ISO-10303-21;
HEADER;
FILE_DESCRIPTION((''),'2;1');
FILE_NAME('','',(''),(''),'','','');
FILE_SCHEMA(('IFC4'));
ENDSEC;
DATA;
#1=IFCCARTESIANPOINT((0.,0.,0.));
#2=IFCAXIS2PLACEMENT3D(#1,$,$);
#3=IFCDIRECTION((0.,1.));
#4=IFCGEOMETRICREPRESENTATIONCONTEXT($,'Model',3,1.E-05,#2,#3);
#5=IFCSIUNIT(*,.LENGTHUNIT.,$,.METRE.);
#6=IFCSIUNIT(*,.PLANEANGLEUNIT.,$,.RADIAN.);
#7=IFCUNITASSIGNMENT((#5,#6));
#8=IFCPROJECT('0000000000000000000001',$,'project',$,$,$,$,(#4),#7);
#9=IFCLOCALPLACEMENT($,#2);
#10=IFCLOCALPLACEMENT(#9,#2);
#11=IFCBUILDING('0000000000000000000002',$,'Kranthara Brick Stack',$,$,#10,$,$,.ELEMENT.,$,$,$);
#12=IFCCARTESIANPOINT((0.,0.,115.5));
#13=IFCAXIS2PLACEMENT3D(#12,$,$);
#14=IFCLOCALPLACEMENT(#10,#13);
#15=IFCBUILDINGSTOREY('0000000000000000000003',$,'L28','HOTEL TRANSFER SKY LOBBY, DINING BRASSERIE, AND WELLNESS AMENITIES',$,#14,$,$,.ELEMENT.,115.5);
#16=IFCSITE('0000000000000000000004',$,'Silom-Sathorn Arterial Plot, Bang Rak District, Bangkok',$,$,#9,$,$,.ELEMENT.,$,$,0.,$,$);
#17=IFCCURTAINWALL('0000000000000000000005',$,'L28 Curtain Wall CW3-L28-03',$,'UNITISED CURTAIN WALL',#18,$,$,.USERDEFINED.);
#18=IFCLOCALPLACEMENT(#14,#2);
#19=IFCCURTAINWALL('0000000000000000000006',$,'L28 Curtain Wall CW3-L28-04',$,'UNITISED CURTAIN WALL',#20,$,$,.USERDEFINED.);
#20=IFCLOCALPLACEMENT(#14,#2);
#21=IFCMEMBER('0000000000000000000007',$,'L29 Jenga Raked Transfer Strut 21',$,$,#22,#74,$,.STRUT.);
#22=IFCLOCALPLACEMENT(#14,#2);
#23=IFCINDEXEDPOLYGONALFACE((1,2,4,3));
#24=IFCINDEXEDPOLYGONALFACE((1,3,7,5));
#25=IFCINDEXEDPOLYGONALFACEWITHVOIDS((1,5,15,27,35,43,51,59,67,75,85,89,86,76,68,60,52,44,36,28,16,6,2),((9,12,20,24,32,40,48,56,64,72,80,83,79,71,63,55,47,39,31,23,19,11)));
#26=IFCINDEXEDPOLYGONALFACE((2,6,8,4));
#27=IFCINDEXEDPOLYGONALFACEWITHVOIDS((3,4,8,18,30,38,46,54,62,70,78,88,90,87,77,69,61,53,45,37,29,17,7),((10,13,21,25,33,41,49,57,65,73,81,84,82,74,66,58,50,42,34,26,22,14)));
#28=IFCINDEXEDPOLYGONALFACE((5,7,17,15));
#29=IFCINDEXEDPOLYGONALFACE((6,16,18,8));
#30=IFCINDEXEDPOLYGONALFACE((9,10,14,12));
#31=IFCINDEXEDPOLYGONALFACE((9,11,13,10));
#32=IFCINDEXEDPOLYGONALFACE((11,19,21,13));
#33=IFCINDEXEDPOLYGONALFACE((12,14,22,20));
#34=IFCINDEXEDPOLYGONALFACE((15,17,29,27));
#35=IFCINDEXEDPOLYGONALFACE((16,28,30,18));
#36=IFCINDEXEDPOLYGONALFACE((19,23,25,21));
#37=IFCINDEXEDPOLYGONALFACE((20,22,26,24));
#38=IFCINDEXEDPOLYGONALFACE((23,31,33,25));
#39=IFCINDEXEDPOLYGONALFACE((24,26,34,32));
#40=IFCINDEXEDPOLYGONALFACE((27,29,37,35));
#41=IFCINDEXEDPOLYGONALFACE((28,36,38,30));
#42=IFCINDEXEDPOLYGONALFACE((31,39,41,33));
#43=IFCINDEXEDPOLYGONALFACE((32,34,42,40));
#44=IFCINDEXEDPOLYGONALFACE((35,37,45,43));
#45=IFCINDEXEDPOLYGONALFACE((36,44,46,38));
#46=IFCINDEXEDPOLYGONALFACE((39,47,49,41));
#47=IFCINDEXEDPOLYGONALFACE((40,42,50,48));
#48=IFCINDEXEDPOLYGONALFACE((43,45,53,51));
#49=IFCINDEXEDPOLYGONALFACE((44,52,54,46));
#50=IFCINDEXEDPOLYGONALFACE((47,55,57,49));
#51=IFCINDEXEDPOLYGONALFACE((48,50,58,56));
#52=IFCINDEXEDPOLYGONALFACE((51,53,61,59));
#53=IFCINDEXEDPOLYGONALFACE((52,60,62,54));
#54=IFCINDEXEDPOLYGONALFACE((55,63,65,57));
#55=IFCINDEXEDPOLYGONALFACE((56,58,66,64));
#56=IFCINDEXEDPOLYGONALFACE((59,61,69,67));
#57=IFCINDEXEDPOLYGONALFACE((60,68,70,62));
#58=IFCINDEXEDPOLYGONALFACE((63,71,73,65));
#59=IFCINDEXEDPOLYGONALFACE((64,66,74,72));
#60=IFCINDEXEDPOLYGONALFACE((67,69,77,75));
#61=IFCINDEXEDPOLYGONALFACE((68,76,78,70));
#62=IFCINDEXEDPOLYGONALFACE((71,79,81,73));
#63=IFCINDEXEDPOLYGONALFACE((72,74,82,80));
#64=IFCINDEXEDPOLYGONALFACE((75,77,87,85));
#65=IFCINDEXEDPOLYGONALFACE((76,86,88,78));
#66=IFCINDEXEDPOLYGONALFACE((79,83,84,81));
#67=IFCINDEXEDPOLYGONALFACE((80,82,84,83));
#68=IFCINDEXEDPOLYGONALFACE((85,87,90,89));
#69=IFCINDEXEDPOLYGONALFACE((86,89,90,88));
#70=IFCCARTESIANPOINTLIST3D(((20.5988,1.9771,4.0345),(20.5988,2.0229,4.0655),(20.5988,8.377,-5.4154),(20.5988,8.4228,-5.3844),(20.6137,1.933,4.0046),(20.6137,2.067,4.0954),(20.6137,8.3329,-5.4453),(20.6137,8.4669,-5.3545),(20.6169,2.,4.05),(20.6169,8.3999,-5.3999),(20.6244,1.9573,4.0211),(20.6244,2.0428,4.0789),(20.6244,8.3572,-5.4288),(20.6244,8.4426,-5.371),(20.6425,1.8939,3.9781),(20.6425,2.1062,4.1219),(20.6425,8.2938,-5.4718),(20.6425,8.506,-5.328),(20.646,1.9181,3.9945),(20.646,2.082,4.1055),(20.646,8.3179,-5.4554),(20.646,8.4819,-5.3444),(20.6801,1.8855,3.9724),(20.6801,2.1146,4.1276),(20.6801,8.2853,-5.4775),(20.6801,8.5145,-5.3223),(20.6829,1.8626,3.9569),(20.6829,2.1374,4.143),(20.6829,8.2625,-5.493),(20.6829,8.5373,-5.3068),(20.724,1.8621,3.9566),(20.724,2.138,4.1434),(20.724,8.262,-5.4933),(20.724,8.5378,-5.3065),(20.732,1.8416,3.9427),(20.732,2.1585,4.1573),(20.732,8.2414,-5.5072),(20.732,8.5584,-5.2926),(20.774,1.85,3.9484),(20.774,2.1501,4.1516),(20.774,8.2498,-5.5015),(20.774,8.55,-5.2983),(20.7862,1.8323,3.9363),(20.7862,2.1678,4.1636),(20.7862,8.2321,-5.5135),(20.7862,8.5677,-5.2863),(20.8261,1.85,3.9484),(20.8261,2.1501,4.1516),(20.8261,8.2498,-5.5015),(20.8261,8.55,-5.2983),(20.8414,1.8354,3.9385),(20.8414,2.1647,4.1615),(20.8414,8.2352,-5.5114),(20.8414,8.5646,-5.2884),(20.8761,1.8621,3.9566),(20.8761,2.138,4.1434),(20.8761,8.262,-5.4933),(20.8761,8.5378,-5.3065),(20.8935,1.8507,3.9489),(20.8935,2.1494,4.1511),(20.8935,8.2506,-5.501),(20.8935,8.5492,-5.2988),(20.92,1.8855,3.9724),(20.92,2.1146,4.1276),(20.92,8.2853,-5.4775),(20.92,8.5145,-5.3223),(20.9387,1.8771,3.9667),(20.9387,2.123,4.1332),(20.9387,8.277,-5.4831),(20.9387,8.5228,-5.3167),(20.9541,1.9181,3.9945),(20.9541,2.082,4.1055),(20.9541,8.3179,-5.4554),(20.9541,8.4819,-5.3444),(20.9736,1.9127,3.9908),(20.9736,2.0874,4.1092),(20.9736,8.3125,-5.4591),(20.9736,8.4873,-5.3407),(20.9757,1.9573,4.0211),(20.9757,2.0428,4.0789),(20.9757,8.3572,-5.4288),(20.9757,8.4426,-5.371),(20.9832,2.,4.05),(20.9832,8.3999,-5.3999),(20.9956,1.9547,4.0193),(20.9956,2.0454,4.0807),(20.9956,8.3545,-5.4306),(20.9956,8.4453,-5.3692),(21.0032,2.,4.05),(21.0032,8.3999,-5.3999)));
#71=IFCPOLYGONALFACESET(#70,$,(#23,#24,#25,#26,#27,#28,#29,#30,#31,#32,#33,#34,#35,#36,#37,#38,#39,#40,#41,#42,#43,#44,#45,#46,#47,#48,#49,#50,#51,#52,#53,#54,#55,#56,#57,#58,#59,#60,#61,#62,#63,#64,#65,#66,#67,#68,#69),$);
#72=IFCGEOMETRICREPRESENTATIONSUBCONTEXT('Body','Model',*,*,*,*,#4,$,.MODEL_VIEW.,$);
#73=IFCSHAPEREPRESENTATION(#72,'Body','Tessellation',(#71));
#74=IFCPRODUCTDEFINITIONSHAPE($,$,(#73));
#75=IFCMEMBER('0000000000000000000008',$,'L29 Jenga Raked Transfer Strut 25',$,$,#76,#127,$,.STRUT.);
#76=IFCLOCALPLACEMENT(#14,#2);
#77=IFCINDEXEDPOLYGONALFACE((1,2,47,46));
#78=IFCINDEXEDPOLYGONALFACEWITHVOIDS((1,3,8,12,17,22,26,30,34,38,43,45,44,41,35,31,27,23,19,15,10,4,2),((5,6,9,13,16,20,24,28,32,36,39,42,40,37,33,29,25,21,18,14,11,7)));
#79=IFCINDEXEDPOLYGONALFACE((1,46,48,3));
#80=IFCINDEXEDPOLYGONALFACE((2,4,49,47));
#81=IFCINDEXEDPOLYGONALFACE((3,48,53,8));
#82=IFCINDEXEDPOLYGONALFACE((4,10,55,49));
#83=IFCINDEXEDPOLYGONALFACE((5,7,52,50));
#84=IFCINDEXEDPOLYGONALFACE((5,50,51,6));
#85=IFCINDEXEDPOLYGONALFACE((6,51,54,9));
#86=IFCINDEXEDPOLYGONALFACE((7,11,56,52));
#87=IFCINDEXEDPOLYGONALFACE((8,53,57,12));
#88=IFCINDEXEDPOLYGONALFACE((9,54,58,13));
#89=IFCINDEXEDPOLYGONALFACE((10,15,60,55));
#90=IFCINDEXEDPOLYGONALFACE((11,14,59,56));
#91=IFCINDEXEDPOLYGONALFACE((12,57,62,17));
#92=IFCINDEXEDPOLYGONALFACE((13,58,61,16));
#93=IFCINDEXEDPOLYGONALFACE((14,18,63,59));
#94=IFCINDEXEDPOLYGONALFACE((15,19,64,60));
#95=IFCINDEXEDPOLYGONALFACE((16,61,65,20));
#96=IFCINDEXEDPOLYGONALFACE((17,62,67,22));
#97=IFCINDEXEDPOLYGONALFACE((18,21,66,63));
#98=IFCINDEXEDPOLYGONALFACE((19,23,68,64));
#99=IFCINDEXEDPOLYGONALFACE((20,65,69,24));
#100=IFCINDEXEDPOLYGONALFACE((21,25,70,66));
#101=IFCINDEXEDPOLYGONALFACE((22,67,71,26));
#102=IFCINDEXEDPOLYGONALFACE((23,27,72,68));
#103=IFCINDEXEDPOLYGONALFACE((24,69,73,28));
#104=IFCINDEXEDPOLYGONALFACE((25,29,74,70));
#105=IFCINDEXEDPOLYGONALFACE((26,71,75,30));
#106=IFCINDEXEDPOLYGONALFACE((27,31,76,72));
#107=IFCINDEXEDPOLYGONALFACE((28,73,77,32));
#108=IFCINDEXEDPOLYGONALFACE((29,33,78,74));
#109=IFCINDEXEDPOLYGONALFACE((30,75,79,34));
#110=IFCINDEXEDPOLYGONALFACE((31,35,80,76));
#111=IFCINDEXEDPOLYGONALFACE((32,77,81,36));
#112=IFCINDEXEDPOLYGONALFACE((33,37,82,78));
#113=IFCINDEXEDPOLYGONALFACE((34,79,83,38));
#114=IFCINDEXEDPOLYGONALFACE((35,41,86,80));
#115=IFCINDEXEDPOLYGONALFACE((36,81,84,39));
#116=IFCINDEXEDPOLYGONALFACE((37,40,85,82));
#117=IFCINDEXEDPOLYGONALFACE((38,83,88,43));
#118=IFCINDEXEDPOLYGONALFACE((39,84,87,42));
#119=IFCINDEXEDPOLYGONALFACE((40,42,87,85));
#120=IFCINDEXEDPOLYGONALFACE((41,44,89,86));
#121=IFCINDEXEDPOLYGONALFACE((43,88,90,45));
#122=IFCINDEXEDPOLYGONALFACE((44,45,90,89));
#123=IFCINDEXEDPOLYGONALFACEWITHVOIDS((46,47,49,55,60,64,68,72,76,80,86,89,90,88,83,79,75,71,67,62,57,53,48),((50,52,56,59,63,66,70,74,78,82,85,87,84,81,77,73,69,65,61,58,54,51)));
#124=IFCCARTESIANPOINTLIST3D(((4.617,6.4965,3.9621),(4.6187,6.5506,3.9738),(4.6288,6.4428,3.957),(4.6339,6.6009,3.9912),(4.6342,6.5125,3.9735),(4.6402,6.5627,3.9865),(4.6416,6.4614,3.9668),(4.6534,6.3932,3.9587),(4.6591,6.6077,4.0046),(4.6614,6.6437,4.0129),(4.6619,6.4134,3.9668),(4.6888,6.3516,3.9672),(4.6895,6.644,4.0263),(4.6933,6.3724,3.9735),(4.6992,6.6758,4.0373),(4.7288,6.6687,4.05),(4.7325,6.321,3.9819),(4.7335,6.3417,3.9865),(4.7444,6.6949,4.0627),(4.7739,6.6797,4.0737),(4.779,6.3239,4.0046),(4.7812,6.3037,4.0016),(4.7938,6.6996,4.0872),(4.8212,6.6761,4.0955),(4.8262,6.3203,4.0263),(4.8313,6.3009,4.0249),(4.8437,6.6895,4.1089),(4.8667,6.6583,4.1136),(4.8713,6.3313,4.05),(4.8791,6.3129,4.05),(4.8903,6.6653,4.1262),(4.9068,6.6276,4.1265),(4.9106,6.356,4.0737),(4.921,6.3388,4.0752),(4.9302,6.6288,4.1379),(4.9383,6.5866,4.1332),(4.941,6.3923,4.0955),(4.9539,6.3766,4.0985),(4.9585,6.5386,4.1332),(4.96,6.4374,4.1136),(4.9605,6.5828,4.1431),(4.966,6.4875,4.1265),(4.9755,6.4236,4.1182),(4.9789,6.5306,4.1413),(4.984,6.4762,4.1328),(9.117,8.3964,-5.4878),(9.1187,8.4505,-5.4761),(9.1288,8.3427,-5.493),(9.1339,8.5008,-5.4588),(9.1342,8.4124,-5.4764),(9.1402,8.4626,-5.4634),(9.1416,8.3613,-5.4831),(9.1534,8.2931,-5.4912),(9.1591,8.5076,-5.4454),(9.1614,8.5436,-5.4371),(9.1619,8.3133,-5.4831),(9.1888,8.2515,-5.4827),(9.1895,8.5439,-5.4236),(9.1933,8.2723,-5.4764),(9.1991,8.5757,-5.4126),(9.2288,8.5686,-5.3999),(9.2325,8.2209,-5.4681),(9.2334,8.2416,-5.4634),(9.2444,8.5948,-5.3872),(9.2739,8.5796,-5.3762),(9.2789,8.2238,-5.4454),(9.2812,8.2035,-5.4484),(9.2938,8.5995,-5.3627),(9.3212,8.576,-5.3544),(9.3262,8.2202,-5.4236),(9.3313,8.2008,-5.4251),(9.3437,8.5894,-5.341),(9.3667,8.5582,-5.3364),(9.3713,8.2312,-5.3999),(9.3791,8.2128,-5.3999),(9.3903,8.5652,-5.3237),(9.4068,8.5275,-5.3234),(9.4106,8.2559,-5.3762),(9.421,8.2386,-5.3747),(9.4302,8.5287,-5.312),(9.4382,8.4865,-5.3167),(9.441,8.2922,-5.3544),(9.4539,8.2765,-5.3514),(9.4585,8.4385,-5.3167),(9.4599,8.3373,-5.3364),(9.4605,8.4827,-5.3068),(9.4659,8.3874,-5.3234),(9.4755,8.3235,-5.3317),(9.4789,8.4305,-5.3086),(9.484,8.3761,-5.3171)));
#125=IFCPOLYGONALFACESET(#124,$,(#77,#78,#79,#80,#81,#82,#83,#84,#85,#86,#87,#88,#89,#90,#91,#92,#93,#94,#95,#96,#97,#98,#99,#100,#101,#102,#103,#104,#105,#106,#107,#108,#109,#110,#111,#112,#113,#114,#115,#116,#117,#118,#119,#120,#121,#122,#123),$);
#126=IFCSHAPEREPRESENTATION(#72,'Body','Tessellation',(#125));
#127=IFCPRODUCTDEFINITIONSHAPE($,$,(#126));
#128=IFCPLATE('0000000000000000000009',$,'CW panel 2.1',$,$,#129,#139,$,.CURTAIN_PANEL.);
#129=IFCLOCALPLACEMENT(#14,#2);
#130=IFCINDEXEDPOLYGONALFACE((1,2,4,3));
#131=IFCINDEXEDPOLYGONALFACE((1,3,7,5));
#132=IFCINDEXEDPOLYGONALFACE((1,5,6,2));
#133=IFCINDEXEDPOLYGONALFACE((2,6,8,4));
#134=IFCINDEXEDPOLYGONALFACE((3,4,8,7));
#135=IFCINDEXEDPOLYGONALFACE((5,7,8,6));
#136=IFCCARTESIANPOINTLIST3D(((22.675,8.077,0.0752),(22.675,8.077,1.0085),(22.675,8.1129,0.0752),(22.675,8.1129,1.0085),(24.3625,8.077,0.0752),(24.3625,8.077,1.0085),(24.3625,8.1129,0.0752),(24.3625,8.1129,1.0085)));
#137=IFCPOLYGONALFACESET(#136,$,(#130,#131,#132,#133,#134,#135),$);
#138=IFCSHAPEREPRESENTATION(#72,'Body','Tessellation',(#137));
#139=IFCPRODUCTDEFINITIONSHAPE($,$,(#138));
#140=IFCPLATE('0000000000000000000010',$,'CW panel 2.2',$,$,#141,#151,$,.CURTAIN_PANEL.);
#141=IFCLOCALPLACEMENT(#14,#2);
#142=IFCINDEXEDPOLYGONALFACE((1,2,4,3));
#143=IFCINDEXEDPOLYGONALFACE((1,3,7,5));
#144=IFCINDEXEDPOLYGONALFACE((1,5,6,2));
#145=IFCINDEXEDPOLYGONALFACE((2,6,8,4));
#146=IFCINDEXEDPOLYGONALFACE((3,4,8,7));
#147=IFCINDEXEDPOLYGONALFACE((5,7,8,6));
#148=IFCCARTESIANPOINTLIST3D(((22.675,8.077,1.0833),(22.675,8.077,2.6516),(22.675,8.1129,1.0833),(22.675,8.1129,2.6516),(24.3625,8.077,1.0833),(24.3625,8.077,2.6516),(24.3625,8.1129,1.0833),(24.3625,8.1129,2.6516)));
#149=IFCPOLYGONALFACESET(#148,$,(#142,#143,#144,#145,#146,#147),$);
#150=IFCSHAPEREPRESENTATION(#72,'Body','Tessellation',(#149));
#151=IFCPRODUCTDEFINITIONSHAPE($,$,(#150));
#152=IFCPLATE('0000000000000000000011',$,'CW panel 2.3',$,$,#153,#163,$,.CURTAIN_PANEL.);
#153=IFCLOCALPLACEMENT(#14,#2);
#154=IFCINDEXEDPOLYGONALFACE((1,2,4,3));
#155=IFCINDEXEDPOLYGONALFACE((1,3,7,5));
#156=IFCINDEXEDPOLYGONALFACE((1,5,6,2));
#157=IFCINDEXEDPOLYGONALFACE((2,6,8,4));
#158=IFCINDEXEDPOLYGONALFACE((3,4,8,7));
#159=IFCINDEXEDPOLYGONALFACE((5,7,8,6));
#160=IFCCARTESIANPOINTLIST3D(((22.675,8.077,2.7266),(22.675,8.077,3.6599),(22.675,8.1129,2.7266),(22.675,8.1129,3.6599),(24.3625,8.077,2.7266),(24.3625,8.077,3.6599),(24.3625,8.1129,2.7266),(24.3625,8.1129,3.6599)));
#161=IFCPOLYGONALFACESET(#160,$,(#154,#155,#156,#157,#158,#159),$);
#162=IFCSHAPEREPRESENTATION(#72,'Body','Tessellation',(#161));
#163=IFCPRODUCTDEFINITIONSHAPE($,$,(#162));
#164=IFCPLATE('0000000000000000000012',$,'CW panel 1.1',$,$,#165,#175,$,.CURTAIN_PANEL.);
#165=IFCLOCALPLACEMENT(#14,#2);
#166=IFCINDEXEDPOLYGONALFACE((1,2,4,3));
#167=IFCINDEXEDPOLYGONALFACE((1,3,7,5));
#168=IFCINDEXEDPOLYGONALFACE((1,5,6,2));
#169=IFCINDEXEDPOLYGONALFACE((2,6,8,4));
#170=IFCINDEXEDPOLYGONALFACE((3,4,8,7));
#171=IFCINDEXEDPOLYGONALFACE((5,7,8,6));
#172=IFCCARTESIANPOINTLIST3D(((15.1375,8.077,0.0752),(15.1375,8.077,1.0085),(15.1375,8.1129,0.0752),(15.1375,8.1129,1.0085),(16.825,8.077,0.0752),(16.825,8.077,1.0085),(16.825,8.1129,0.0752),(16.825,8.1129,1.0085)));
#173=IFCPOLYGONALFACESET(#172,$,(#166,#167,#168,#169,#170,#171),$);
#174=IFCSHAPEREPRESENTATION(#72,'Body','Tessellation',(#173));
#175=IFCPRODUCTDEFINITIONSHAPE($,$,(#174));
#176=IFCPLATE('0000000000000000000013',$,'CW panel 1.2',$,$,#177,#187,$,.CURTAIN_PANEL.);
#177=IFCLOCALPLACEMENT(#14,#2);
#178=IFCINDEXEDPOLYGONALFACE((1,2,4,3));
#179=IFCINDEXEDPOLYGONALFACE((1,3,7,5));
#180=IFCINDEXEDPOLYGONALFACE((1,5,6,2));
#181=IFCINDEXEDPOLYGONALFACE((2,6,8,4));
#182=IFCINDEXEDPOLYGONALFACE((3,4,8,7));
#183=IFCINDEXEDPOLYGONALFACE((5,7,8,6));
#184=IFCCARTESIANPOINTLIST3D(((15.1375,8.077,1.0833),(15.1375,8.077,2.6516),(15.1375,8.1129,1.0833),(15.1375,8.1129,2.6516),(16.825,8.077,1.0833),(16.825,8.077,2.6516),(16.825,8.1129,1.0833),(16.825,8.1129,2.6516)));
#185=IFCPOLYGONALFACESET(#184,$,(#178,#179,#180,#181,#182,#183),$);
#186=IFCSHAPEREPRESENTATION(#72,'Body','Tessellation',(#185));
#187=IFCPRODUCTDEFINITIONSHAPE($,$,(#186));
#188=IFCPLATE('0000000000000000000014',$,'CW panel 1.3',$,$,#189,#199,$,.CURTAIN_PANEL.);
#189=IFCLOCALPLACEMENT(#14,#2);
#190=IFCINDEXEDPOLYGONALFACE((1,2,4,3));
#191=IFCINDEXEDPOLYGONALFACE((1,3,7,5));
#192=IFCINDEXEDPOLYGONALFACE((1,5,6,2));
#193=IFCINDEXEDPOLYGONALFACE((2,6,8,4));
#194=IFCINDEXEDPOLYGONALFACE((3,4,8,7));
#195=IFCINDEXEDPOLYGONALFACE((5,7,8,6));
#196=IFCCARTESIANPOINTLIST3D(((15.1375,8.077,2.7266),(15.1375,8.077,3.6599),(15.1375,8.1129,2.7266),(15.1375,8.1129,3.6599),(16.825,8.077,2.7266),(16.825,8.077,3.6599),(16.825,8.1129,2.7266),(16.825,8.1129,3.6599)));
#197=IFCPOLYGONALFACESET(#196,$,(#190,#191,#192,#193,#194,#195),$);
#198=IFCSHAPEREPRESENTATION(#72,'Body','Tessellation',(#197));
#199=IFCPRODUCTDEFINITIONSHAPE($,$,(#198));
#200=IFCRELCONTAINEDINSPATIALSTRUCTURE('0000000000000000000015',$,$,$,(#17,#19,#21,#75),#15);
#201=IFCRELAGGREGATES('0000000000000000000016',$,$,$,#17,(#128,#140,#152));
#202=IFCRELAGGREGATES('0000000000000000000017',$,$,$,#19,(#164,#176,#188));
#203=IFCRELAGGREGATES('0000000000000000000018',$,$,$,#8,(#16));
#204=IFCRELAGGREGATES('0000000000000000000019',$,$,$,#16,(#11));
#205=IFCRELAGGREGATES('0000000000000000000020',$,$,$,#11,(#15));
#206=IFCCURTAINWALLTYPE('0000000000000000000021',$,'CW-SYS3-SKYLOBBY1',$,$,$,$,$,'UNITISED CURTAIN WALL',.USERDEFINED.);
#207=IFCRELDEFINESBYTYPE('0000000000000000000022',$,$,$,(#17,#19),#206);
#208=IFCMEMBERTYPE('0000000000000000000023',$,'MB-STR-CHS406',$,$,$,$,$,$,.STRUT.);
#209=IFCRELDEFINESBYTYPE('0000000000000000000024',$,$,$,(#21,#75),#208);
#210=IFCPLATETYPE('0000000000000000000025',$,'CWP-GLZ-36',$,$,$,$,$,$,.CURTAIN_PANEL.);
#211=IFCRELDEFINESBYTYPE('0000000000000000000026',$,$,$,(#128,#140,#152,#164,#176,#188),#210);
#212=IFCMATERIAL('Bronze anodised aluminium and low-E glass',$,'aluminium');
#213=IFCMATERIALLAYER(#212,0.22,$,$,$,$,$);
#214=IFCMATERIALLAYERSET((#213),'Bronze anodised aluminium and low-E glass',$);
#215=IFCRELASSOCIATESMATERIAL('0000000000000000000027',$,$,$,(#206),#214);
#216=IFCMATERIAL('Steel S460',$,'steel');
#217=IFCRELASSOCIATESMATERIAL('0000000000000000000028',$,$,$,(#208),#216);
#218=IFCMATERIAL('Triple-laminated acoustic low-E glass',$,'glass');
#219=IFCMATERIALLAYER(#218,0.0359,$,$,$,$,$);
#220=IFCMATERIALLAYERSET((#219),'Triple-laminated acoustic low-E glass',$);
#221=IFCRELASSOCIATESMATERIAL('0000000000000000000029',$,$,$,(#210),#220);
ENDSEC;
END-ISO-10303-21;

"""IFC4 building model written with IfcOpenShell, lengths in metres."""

from ifc_helpers import new_model, si_unit, direction, frame, origin, origin_2d, place, context, subcontext, project, spatial, rectangle, hollow_circle, extrude, material, layer, layer_set, material_profile, profile_set, type_object, element, aggregate, save


model = new_model("IFC4")

# Units and contexts
model_context = context("Model", 3, precision=1e-05, world=origin(), true_north=direction((0.0, 1.0)))
body_context = subcontext(model_context, "Body", "Model", "MODEL_VIEW")
ifc_project = project(units=[si_unit("LENGTHUNIT", "METRE"), si_unit("PLANEANGLEUNIT", "RADIAN")], contexts=[model_context])

# Site, building, storey
site_placement = place(None, origin())
site = spatial("IfcSite", under=ifc_project, at=site_placement, Name="Silom-Sathorn Arterial Plot, Bang Rak District, Bangkok", CompositionType="ELEMENT", RefElevation=0.0)
building_placement = place(site_placement, origin())
building = spatial("IfcBuilding", under=site, at=building_placement, Name="Kranthara Brick Stack", CompositionType="ELEMENT")
storey_placement = place(building_placement, frame((0.0, 0.0, 115.5)))
storey = spatial("IfcBuildingStorey", under=building, at=storey_placement, Name="L28", Description="HOTEL TRANSFER SKY LOBBY, DINING BRASSERIE, AND WELLNESS AMENITIES", CompositionType="ELEMENT", Elevation=115.5)

# Curtain wall
ifc_material_1 = material(Name="Bronze anodised aluminium and low-E glass", Category="aluminium")
ifc_layer_1 = layer(ifc_material_1, 0.22)
ifc_layer_set_1 = layer_set([ifc_layer_1], Name="Bronze anodised aluminium and low-E glass")
curtain_wall_type = type_object("IfcCurtainWallType", Name="CW-SYS3-SKYLOBBY1", ElementType="UNITISED CURTAIN WALL", PredefinedType="USERDEFINED", material=ifc_layer_set_1)
curtain_wall_1_placement = place(storey_placement, origin())
curtain_wall_1 = element("IfcCurtainWall", 1, at=curtain_wall_1_placement, inside=storey, type_object=curtain_wall_type, Name="L28 Curtain Wall CW3-L28-03", ObjectType="UNITISED CURTAIN WALL", PredefinedType="USERDEFINED")

# Curtain wall
curtain_wall_2_placement = place(storey_placement, origin())
curtain_wall_2 = element("IfcCurtainWall", 2, at=curtain_wall_2_placement, inside=storey, type_object=curtain_wall_type, Name="L28 Curtain Wall CW3-L28-04", ObjectType="UNITISED CURTAIN WALL", PredefinedType="USERDEFINED")

# Members
ifc_material_2 = material(Name="Steel S460", Category="steel")
ifc_material_profile_1 = material_profile(ifc_material_2, hollow_circle(Radius=0.2031, WallThickness=0.02, at=origin_2d()), Name="CHS 406.4x20")
ifc_profile_set_1 = profile_set([ifc_material_profile_1], Name="Steel S460")
member_type_1 = type_object("IfcMemberType", Name="MB-STR-CHS406", PredefinedType="STRUT", material=ifc_profile_set_1)
for number, where, z_axis, x_axis, name in (
    (3, (20.8, 8.3999, -5.3999), (0.0, -0.560747, 0.827987), (1.0, 0.0, 0.0), "L29 Jenga Raked Transfer Strut 21"),
):
    element("IfcMember", number, at=place(storey_placement, frame(where, z_axis=z_axis, x_axis=x_axis)), inside=storey, type_object=member_type_1, Name=name, PredefinedType="STRUT", context=body_context, shape_type="SweptSolid", body=[
        extrude(hollow_circle(Radius=0.2031, WallThickness=0.02, at=origin_2d()), origin(), (0.0, 0.0, 1.0), 11.4131),
    ])
member_1_placement = place(storey_placement, frame((9.3, 8.3999, -5.3999), z_axis=(-0.423023, -0.1786, 0.888343), x_axis=(0.388955, -0.921257, 0.0)))
element("IfcMember", 4, at=member_1_placement, inside=storey, type_object=member_type_1, Name="L29 Jenga Raked Transfer Strut 25", PredefinedType="STRUT", context=body_context, shape_type="SweptSolid", body=[
    extrude(hollow_circle(Radius=0.2031, WallThickness=0.02, at=origin_2d()), origin(), (0.0, 0.0, 1.0), 10.6377),
])

# Plates
ifc_material_3 = material(Name="Triple-laminated acoustic low-E glass", Category="glass")
ifc_layer_2 = layer(ifc_material_3, 0.0359)
ifc_layer_set_2 = layer_set([ifc_layer_2], Name="Triple-laminated acoustic low-E glass")
plate_type_1 = type_object("IfcPlateType", Name="CWP-GLZ-36", PredefinedType="CURTAIN_PANEL", material=ifc_layer_set_2)
plate_1_placement = place(storey_placement, frame((23.5188, 8.095, 0.0752), z_axis=(0.0, 0.0, 1.0), x_axis=(-1.0, 0.0, 0.0)))
plate_1 = element("IfcPlate", 5, at=plate_1_placement, type_object=plate_type_1, Name="CW panel 2.1", PredefinedType="CURTAIN_PANEL", context=body_context, shape_type="SweptSolid", body=[
    extrude(rectangle(XDim=1.6875, YDim=0.0359, at=origin_2d()), origin(), (0.0, 0.0, 1.0), 0.9333),
])
plate_2_placement = place(storey_placement, frame((23.5188, 8.095, 1.0833), z_axis=(0.0, 0.0, 1.0), x_axis=(-1.0, 0.0, 0.0)))
plate_2 = element("IfcPlate", 6, at=plate_2_placement, type_object=plate_type_1, Name="CW panel 2.2", PredefinedType="CURTAIN_PANEL", context=body_context, shape_type="SweptSolid", body=[
    extrude(rectangle(XDim=1.6875, YDim=0.0359, at=origin_2d()), origin(), (0.0, 0.0, 1.0), 1.5684),
])
plate_3_placement = place(storey_placement, frame((23.5188, 8.095, 2.7266), z_axis=(0.0, 0.0, 1.0), x_axis=(-1.0, 0.0, 0.0)))
plate_3 = element("IfcPlate", 7, at=plate_3_placement, type_object=plate_type_1, Name="CW panel 2.3", PredefinedType="CURTAIN_PANEL", context=body_context, shape_type="SweptSolid", body=[
    extrude(rectangle(XDim=1.6875, YDim=0.0359, at=origin_2d()), origin(), (0.0, 0.0, 1.0), 0.9333),
])
aggregate(curtain_wall_1, [plate_1, plate_2, plate_3])
plate_4_placement = place(storey_placement, frame((15.9812, 8.095, 0.0752), z_axis=(0.0, 0.0, 1.0), x_axis=(-1.0, 0.0, 0.0)))
plate_4 = element("IfcPlate", 8, at=plate_4_placement, type_object=plate_type_1, Name="CW panel 1.1", PredefinedType="CURTAIN_PANEL", context=body_context, shape_type="SweptSolid", body=[
    extrude(rectangle(XDim=1.6875, YDim=0.0359, at=origin_2d()), origin(), (0.0, 0.0, 1.0), 0.9333),
])
plate_5_placement = place(storey_placement, frame((15.9812, 8.095, 1.0833), z_axis=(0.0, 0.0, 1.0), x_axis=(-1.0, 0.0, 0.0)))
plate_5 = element("IfcPlate", 9, at=plate_5_placement, type_object=plate_type_1, Name="CW panel 1.2", PredefinedType="CURTAIN_PANEL", context=body_context, shape_type="SweptSolid", body=[
    extrude(rectangle(XDim=1.6875, YDim=0.0359, at=origin_2d()), origin(), (0.0, 0.0, 1.0), 1.5684),
])
plate_6_placement = place(storey_placement, frame((15.9812, 8.095, 2.7266), z_axis=(0.0, 0.0, 1.0), x_axis=(-1.0, 0.0, 0.0)))
plate_6 = element("IfcPlate", 10, at=plate_6_placement, type_object=plate_type_1, Name="CW panel 1.3", PredefinedType="CURTAIN_PANEL", context=body_context, shape_type="SweptSolid", body=[
    extrude(rectangle(XDim=1.6875, YDim=0.0359, at=origin_2d()), origin(), (0.0, 0.0, 1.0), 0.9333),
])
aggregate(curtain_wall_2, [plate_4, plate_5, plate_6])

save(model, "model.ifc")
